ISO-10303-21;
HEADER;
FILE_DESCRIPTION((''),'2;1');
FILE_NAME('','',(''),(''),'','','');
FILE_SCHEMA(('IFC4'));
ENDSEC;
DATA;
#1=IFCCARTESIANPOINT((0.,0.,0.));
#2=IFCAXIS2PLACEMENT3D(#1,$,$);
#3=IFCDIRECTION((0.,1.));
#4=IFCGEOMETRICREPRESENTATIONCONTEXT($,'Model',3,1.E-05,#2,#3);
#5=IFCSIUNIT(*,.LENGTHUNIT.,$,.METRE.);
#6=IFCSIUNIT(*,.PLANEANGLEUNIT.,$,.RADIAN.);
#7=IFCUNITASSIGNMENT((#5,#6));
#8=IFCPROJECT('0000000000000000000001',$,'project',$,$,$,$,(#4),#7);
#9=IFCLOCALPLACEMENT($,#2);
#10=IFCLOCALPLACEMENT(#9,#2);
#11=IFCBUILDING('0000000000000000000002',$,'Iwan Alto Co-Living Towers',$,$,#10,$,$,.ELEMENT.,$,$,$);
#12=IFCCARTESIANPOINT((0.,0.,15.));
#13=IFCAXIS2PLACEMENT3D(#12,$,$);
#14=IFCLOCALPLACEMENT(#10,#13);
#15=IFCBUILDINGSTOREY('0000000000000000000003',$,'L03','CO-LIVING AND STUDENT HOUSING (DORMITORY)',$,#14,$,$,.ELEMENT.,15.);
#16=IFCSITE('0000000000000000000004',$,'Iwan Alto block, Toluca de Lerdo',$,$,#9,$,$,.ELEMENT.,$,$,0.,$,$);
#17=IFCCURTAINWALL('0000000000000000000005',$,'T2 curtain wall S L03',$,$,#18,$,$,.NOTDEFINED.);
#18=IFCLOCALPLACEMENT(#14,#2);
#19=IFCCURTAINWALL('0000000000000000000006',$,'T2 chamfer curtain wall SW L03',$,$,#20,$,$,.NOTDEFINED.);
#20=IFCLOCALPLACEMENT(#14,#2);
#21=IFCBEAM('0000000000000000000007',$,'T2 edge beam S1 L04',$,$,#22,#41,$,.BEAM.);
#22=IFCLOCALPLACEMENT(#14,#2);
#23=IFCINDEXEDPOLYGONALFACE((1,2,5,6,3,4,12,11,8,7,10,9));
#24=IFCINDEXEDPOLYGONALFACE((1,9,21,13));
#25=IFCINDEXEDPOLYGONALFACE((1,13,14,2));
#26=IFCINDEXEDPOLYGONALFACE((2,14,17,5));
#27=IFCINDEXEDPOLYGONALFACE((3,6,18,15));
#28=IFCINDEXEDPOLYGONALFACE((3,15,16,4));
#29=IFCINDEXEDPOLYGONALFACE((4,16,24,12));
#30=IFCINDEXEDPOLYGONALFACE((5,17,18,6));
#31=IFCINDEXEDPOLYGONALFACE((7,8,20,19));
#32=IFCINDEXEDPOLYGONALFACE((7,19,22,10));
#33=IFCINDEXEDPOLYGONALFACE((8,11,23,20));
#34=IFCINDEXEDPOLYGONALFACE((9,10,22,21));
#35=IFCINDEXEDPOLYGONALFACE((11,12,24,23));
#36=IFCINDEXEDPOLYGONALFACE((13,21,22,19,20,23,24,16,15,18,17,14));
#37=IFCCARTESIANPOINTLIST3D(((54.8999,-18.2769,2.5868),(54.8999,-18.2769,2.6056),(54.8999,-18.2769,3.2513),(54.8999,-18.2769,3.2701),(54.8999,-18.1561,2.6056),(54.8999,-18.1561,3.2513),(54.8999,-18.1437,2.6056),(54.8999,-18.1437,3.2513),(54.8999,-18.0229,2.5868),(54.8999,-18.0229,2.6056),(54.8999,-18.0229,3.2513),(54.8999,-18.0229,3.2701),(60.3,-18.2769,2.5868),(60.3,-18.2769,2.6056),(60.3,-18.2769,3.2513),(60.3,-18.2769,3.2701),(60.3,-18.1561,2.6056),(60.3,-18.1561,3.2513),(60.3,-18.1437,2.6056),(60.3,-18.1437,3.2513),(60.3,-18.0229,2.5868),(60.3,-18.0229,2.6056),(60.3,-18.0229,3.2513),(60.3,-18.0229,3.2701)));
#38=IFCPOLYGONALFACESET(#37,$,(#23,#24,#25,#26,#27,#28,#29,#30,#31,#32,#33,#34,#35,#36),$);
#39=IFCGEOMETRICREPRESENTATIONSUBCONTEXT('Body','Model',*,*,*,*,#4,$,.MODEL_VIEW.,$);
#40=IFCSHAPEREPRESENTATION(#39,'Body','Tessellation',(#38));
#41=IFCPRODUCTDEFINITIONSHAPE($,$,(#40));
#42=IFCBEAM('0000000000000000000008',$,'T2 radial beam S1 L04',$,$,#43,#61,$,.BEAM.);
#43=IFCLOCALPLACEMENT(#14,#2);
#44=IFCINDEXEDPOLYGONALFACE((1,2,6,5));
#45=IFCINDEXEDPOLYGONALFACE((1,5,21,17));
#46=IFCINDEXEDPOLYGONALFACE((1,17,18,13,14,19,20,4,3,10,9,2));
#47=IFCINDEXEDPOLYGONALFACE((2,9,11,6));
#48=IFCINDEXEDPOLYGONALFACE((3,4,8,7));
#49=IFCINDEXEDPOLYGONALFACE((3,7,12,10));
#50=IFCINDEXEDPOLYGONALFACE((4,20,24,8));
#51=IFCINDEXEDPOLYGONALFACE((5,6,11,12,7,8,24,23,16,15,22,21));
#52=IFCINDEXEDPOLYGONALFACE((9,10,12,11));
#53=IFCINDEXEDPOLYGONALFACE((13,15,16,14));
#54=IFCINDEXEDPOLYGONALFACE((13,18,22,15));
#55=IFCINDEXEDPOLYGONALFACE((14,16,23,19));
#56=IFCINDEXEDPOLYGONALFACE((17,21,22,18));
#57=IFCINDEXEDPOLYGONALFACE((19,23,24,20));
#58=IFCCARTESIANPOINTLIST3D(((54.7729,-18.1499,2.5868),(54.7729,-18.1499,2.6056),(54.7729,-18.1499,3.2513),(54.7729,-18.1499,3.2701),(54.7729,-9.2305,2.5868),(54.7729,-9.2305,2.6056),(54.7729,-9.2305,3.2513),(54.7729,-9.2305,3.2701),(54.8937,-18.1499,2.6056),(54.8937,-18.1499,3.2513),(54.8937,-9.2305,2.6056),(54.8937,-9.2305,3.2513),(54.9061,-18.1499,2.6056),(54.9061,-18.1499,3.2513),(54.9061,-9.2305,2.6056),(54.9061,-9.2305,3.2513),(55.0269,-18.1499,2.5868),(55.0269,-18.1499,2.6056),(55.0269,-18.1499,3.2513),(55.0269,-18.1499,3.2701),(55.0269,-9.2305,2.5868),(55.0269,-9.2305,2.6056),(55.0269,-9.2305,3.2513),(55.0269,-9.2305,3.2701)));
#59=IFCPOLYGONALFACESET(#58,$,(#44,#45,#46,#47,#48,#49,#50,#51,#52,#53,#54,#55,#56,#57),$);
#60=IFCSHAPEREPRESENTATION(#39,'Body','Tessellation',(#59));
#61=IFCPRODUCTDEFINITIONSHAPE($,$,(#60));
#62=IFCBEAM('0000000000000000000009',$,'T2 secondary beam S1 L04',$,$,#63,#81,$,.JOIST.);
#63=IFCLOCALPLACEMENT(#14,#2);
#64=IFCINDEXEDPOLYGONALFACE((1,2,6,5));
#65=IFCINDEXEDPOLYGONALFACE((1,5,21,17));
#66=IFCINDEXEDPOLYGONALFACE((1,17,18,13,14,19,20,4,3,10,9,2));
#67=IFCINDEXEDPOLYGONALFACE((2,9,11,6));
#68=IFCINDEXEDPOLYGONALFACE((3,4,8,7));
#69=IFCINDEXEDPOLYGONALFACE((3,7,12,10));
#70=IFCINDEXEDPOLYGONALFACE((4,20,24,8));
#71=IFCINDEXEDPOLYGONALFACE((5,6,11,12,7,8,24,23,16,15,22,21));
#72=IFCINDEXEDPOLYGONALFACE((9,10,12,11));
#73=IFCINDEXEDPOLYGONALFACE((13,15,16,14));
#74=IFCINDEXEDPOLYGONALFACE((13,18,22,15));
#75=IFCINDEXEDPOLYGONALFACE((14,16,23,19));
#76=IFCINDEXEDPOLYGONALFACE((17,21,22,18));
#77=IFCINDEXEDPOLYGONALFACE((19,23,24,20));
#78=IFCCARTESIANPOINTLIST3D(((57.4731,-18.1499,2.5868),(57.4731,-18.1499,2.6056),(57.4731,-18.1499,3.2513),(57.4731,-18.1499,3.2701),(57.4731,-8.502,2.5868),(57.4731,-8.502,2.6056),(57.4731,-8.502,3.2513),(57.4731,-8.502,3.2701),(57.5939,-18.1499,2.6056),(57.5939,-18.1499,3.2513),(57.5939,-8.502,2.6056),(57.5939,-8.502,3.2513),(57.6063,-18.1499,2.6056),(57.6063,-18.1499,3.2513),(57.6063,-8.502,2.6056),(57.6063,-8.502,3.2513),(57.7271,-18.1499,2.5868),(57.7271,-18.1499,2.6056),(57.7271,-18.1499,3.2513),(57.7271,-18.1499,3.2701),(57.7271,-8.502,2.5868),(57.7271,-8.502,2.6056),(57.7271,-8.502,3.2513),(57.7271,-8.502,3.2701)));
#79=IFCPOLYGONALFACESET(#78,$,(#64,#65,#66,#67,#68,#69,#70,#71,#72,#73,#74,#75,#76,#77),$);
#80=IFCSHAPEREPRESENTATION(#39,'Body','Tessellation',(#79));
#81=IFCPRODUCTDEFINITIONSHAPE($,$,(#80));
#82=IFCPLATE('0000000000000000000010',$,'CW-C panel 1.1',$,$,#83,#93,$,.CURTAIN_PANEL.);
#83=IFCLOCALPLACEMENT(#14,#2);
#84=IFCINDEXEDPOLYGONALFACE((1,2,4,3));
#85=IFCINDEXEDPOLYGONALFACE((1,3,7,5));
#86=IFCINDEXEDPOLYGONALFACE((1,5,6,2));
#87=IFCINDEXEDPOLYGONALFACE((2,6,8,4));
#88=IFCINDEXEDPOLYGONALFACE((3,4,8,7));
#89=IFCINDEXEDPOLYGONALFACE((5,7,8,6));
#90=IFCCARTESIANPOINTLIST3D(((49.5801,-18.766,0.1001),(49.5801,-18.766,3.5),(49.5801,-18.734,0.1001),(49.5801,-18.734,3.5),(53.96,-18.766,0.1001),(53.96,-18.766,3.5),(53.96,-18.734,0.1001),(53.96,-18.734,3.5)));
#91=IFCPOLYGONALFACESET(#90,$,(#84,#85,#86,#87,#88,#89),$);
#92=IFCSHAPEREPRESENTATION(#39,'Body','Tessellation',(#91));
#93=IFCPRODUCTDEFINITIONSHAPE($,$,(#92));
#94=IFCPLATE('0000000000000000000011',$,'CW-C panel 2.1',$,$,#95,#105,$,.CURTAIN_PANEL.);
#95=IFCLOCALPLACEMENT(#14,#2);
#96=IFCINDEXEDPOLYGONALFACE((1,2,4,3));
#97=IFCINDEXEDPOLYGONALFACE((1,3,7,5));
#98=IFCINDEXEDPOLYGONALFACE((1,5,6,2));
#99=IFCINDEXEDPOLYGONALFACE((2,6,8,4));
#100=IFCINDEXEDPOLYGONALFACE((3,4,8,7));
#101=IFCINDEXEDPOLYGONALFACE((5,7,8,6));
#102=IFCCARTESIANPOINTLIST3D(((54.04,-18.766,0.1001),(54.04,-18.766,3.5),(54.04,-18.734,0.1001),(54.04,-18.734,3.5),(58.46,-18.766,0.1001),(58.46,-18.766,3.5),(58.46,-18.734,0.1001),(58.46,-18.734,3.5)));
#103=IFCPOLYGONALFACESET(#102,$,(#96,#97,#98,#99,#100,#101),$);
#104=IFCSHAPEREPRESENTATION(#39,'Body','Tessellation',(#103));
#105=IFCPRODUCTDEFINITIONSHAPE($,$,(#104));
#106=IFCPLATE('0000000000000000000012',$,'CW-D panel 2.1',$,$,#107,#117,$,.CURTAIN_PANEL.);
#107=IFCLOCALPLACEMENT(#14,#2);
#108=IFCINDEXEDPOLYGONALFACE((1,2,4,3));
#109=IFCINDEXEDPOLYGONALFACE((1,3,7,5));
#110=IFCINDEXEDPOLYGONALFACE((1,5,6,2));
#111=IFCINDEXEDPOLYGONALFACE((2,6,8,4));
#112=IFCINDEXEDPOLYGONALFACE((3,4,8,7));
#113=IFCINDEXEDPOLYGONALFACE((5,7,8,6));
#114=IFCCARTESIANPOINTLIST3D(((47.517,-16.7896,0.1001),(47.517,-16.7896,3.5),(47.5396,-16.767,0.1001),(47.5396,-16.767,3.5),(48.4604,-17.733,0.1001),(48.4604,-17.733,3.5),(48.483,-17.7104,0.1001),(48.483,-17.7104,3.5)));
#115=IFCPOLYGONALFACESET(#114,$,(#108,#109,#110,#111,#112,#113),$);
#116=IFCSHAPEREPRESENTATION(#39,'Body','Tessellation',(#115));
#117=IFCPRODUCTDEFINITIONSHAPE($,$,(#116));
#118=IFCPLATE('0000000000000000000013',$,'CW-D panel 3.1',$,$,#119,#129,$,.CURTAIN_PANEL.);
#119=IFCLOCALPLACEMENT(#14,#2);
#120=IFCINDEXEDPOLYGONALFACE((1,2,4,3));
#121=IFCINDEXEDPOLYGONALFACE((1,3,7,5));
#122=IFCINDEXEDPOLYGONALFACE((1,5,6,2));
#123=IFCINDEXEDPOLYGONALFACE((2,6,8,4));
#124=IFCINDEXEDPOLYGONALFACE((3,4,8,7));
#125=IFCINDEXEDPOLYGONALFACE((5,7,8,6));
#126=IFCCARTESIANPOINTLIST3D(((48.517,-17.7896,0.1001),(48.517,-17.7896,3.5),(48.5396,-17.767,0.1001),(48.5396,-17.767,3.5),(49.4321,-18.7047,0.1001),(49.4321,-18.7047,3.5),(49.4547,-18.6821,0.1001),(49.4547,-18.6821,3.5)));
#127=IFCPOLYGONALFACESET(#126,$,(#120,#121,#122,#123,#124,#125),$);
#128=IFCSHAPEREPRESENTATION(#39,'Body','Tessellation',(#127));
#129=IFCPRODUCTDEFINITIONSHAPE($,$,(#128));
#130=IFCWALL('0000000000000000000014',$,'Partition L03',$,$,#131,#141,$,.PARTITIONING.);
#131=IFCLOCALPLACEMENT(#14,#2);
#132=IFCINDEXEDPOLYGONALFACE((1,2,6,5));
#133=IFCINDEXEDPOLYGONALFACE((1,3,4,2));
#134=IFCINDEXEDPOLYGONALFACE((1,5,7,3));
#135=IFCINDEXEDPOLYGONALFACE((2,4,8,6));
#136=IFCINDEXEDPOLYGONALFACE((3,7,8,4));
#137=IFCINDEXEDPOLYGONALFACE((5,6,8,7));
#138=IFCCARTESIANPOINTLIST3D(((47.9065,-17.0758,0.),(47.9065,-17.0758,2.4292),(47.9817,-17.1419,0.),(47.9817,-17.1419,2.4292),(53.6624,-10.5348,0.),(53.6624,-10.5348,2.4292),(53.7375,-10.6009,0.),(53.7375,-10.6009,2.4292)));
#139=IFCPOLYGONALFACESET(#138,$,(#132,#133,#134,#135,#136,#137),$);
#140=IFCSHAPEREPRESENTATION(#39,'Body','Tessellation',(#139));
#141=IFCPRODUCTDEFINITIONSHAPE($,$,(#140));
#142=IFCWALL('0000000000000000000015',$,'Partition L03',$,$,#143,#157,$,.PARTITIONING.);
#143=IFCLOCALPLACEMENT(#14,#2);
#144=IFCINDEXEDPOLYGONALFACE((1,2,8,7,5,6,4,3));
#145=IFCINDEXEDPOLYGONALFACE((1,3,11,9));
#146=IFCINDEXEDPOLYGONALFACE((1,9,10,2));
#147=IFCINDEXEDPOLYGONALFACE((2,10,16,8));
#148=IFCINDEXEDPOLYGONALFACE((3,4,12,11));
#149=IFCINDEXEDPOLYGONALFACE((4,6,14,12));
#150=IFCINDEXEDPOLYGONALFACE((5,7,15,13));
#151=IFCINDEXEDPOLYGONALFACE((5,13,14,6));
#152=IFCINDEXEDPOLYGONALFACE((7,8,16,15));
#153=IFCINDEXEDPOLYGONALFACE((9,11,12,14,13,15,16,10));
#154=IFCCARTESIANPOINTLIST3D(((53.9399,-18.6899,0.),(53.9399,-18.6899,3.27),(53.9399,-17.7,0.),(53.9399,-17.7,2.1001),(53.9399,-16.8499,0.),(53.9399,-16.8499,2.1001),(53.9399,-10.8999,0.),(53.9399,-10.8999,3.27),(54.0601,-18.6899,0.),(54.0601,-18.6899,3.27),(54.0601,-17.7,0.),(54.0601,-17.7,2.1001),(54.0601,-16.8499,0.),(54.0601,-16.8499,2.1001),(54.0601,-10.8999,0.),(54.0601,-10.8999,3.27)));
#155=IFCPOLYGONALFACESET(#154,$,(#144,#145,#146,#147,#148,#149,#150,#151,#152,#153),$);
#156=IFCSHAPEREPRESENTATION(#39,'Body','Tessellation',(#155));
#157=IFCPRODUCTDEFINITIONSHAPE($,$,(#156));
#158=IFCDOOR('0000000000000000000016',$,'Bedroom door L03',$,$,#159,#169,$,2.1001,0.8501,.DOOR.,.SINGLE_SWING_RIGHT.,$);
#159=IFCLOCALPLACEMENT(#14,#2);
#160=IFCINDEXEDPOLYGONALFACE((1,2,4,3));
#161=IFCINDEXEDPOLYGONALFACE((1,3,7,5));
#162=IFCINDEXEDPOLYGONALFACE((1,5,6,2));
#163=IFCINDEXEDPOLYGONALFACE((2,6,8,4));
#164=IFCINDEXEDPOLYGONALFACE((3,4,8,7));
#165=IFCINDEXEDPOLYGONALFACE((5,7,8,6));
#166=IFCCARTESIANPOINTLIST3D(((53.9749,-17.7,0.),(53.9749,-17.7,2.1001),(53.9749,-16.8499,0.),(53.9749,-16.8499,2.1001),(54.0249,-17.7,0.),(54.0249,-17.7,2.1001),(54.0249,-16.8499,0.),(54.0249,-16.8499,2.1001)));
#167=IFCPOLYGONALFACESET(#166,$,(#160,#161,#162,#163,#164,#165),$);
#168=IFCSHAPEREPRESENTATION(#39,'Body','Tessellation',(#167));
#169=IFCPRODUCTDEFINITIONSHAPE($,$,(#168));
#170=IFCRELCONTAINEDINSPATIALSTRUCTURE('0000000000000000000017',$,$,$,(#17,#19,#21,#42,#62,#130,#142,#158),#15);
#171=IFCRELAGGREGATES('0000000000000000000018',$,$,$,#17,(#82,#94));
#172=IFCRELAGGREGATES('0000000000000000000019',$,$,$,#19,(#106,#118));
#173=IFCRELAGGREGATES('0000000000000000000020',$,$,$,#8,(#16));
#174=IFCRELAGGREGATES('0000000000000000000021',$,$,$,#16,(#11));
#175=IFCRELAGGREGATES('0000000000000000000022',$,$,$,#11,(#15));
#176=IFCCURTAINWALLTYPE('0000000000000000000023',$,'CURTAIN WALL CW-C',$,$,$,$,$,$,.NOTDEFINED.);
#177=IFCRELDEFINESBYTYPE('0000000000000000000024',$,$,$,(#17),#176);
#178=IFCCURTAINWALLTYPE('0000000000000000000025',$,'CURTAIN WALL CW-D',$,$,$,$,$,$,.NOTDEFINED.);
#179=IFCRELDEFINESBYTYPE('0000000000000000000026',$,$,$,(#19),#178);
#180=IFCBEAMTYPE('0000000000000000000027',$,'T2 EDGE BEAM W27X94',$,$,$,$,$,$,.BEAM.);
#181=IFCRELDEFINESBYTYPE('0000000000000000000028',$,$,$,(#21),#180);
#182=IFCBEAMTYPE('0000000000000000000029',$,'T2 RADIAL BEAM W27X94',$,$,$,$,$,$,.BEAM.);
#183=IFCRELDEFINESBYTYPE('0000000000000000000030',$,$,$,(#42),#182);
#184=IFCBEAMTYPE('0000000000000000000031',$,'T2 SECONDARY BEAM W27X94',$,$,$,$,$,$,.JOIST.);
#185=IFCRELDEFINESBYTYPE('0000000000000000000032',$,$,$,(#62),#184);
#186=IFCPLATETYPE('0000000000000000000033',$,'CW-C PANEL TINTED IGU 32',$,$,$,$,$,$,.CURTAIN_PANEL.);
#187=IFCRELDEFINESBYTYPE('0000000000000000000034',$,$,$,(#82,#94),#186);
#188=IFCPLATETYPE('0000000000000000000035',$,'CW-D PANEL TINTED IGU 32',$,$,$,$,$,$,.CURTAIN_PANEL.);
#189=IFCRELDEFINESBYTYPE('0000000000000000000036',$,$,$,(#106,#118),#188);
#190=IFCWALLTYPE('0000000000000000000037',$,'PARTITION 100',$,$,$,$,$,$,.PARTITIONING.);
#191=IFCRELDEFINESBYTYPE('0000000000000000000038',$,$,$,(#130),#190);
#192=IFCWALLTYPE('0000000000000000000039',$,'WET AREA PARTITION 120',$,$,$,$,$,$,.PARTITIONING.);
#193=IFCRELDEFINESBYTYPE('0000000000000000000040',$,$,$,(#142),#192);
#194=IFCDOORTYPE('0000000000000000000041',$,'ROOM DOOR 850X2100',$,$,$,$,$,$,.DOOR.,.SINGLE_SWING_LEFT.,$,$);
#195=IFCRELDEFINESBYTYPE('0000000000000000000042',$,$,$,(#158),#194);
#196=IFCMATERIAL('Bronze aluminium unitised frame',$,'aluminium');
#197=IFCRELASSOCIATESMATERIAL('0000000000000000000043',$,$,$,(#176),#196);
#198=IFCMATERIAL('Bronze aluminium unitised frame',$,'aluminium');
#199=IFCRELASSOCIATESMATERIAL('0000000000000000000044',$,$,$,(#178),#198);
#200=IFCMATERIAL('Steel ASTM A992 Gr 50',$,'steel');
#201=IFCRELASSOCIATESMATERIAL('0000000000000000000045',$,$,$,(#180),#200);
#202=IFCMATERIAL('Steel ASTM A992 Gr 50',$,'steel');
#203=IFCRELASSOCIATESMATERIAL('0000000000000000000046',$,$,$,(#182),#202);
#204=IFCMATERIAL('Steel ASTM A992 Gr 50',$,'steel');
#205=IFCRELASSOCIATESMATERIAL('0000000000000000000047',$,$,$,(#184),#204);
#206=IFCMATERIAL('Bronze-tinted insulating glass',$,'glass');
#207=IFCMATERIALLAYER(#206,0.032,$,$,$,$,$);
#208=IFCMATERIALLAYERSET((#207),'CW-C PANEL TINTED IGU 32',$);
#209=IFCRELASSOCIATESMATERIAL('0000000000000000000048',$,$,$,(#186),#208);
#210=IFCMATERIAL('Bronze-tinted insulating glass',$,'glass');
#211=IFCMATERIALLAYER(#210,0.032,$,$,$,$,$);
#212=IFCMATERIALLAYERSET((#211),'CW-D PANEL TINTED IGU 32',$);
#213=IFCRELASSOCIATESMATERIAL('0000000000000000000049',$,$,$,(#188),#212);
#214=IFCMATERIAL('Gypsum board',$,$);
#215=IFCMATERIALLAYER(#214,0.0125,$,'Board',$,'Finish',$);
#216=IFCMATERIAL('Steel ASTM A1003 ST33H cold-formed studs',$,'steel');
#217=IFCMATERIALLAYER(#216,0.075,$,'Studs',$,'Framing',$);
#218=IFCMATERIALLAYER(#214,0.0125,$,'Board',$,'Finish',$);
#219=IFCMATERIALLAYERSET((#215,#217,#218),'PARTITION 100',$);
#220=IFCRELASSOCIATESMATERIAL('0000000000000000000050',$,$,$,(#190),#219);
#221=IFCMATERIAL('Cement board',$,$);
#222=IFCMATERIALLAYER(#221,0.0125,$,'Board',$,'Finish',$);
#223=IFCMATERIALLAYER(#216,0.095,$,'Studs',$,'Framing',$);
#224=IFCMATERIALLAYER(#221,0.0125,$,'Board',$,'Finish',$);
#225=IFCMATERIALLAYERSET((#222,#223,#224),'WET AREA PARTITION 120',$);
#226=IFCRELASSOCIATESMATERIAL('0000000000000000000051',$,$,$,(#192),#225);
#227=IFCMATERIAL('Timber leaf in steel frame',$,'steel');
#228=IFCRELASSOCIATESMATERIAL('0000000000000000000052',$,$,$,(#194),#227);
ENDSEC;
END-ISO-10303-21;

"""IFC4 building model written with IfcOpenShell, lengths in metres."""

from ifc_helpers import new_model, si_unit, direction, frame, frame_2d, origin, origin_2d, place, context, subcontext, project, spatial, rectangle, i_section, extrude, material, layer, layer_set, material_profile, profile_set, type_object, element, fill, aggregate, save


model = new_model("IFC4")

# Units and contexts
model_context = context("Model", 3, precision=1e-05, world=origin(), true_north=direction((0.0, 1.0)))
body_context = subcontext(model_context, "Body", "Model", "MODEL_VIEW")
ifc_project = project(units=[si_unit("LENGTHUNIT", "METRE"), si_unit("PLANEANGLEUNIT", "RADIAN")], contexts=[model_context])

# Site, building, storey
site_placement = place(None, origin())
site = spatial("IfcSite", under=ifc_project, at=site_placement, Name="Iwan Alto block, Toluca de Lerdo", CompositionType="ELEMENT", RefElevation=0.0)
building_placement = place(site_placement, origin())
building = spatial("IfcBuilding", under=site, at=building_placement, Name="Iwan Alto Co-Living Towers", CompositionType="ELEMENT")
storey_placement = place(building_placement, frame((0.0, 0.0, 15.0)))
storey = spatial("IfcBuildingStorey", under=building, at=storey_placement, Name="L03", Description="CO-LIVING AND STUDENT HOUSING (DORMITORY)", CompositionType="ELEMENT", Elevation=15.0)

# Curtain walls
ifc_material_1 = material(Name="Bronze aluminium unitised frame", Category="aluminium")
curtain_wall_type_1 = type_object("IfcCurtainWallType", Name="CURTAIN WALL CW-C", PredefinedType="NOTDEFINED", material=ifc_material_1)
curtain_wall_1_placement = place(storey_placement, origin())
curtain_wall_1 = element("IfcCurtainWall", 1, at=curtain_wall_1_placement, inside=storey, type_object=curtain_wall_type_1, Name="T2 curtain wall S L03", PredefinedType="NOTDEFINED")
ifc_material_2 = material(Name="Bronze aluminium unitised frame", Category="aluminium")
curtain_wall_type_2 = type_object("IfcCurtainWallType", Name="CURTAIN WALL CW-D", PredefinedType="NOTDEFINED", material=ifc_material_2)
curtain_wall_2_placement = place(storey_placement, origin())
curtain_wall_2 = element("IfcCurtainWall", 2, at=curtain_wall_2_placement, inside=storey, type_object=curtain_wall_type_2, Name="T2 chamfer curtain wall SW L03", PredefinedType="NOTDEFINED")

# Beams
ifc_material_3 = material(Name="Steel ASTM A992 Gr 50", Category="steel")
ifc_material_profile_1 = material_profile(ifc_material_3, i_section(OverallWidth=0.2539, OverallDepth=0.6833, WebThickness=0.0125, FlangeThickness=0.0188, at=origin_2d()), Name="W27X94")
ifc_profile_set_1 = profile_set([ifc_material_profile_1], Name="Steel ASTM A992 Gr 50")
beam_type_1 = type_object("IfcBeamType", Name="T2 EDGE BEAM W27X94", PredefinedType="BEAM", material=ifc_profile_set_1)
beam_1_placement = place(storey_placement, frame((54.8999, -18.1499, 2.9285), z_axis=(1.0, 0.0, 0.0), x_axis=(0.0, 1.0, 0.0)))
element("IfcBeam", 3, at=beam_1_placement, inside=storey, type_object=beam_type_1, Name="T2 edge beam S1 L04", PredefinedType="BEAM", context=body_context, shape_type="SweptSolid", body=[
    extrude(i_section(OverallWidth=0.2539, OverallDepth=0.6833, WebThickness=0.0125, FlangeThickness=0.0188, at=origin_2d()), origin(), (0.0, 0.0, 1.0), 5.4001),
])
ifc_material_4 = material(Name="Steel ASTM A992 Gr 50", Category="steel")
ifc_material_profile_2 = material_profile(ifc_material_4, i_section(OverallWidth=0.2539, OverallDepth=0.6833, WebThickness=0.0125, FlangeThickness=0.0188, at=origin_2d()), Name="W27X94")
ifc_profile_set_2 = profile_set([ifc_material_profile_2], Name="Steel ASTM A992 Gr 50")
beam_type_2 = type_object("IfcBeamType", Name="T2 RADIAL BEAM W27X94", PredefinedType="BEAM", material=ifc_profile_set_2)
beam_2_placement = place(storey_placement, frame((54.8999, -18.1499, 2.9285), z_axis=(0.0, 1.0, 0.0), x_axis=(-1.0, 0.0, 0.0)))
element("IfcBeam", 4, at=beam_2_placement, inside=storey, type_object=beam_type_2, Name="T2 radial beam S1 L04", PredefinedType="BEAM", context=body_context, shape_type="SweptSolid", body=[
    extrude(i_section(OverallWidth=0.2539, OverallDepth=0.6833, WebThickness=0.0125, FlangeThickness=0.0188, at=origin_2d()), origin(), (0.0, 0.0, 1.0), 8.9194),
])
ifc_material_5 = material(Name="Steel ASTM A992 Gr 50", Category="steel")
ifc_material_profile_3 = material_profile(ifc_material_5, i_section(OverallWidth=0.2539, OverallDepth=0.6833, WebThickness=0.0125, FlangeThickness=0.0188, at=origin_2d()), Name="W27X94")
ifc_profile_set_3 = profile_set([ifc_material_profile_3], Name="Steel ASTM A992 Gr 50")
beam_type_3 = type_object("IfcBeamType", Name="T2 SECONDARY BEAM W27X94", PredefinedType="JOIST", material=ifc_profile_set_3)
beam_3_placement = place(storey_placement, frame((57.6001, -18.1499, 2.9285), z_axis=(0.0, 1.0, 0.0), x_axis=(-1.0, 0.0, 0.0)))
element("IfcBeam", 5, at=beam_3_placement, inside=storey, type_object=beam_type_3, Name="T2 secondary beam S1 L04", PredefinedType="JOIST", context=body_context, shape_type="SweptSolid", body=[
    extrude(i_section(OverallWidth=0.2539, OverallDepth=0.6833, WebThickness=0.0125, FlangeThickness=0.0188, at=origin_2d()), origin(), (0.0, 0.0, 1.0), 9.6479),
])

# Plates
ifc_material_6 = material(Name="Bronze-tinted insulating glass", Category="glass")
ifc_layer_1 = layer(ifc_material_6, 0.032)
ifc_layer_set_1 = layer_set([ifc_layer_1], Name="CW-C PANEL TINTED IGU 32")
plate_type_1 = type_object("IfcPlateType", Name="CW-C PANEL TINTED IGU 32", PredefinedType="CURTAIN_PANEL", material=ifc_layer_set_1)
plate_1_placement = place(storey_placement, frame((51.77, -18.75, 0.1001), z_axis=(0.0, 0.0, 1.0), x_axis=(1.0, 0.0, 0.0)))
plate_1 = element("IfcPlate", 6, at=plate_1_placement, type_object=plate_type_1, Name="CW-C panel 1.1", PredefinedType="CURTAIN_PANEL", context=body_context, shape_type="SweptSolid", body=[
    extrude(rectangle(XDim=4.3799, YDim=0.032, at=origin_2d()), origin(), (0.0, 0.0, 1.0), 3.3999),
])
plate_2_placement = place(storey_placement, frame((56.25, -18.75, 0.1001), z_axis=(0.0, 0.0, 1.0), x_axis=(1.0, 0.0, 0.0)))
plate_2 = element("IfcPlate", 7, at=plate_2_placement, type_object=plate_type_1, Name="CW-C panel 2.1", PredefinedType="CURTAIN_PANEL", context=body_context, shape_type="SweptSolid", body=[
    extrude(rectangle(XDim=4.4199, YDim=0.032, at=origin_2d()), origin(), (0.0, 0.0, 1.0), 3.3999),
])
aggregate(curtain_wall_1, [plate_1, plate_2])
ifc_material_7 = material(Name="Bronze-tinted insulating glass", Category="glass")
ifc_layer_2 = layer(ifc_material_7, 0.032)
ifc_layer_set_2 = layer_set([ifc_layer_2], Name="CW-D PANEL TINTED IGU 32")
plate_type_2 = type_object("IfcPlateType", Name="CW-D PANEL TINTED IGU 32", PredefinedType="CURTAIN_PANEL", material=ifc_layer_set_2)
plate_3_placement = place(storey_placement, frame((48.0, -17.25, 0.1001), z_axis=(0.0, 0.0, 1.0), x_axis=(0.707107, -0.707107, 0.0)))
plate_3 = element("IfcPlate", 8, at=plate_3_placement, type_object=plate_type_2, Name="CW-D panel 2.1", PredefinedType="CURTAIN_PANEL", context=body_context, shape_type="SweptSolid", body=[
    extrude(rectangle(XDim=1.3342, YDim=0.032, at=origin_2d()), origin(), (0.0, 0.0, 1.0), 3.3999),
])
plate_4_placement = place(storey_placement, frame((48.9858, -18.2358, 0.1001), z_axis=(0.0, 0.0, 1.0), x_axis=(0.707107, -0.707107, 0.0)))
plate_4 = element("IfcPlate", 9, at=plate_4_placement, type_object=plate_type_2, Name="CW-D panel 3.1", PredefinedType="CURTAIN_PANEL", context=body_context, shape_type="SweptSolid", body=[
    extrude(rectangle(XDim=1.2942, YDim=0.032, at=origin_2d()), origin(), (0.0, 0.0, 1.0), 3.3999),
])
aggregate(curtain_wall_2, [plate_3, plate_4])

# Wall
ifc_material_8 = material(Name="Gypsum board")
ifc_layer_3 = layer(ifc_material_8, 0.0125, Name="Board", Category="Finish")
ifc_material_9 = material(Name="Steel ASTM A1003 ST33H cold-formed studs", Category="steel")
ifc_layer_4 = layer(ifc_material_9, 0.075, Name="Studs", Category="Framing")
ifc_layer_5 = layer(ifc_material_8, 0.0125, Name="Board", Category="Finish")
ifc_layer_set_3 = layer_set([ifc_layer_3, ifc_layer_4, ifc_layer_5], Name="PARTITION 100")
wall_type_1 = type_object("IfcWallType", Name="PARTITION 100", PredefinedType="PARTITIONING", material=ifc_layer_set_3)
wall_1_placement = place(storey_placement, frame((47.9441, -17.1089, 0.0), z_axis=(0.0, 0.0, 1.0), x_axis=(0.660613, 0.750727, 0.0)))
element("IfcWall", 10, at=wall_1_placement, inside=storey, type_object=wall_type_1, Name="Partition L03", PredefinedType="PARTITIONING", context=body_context, shape_type="SweptSolid", body=[
    extrude(rectangle(XDim=8.7129, YDim=0.1001, at=frame_2d((4.3564, 0.0))), origin(), (0.0, 0.0, 1.0), 2.4292),
])

# Wall, opening, door
ifc_material_10 = material(Name="Cement board")
ifc_layer_6 = layer(ifc_material_10, 0.0125, Name="Board", Category="Finish")
ifc_layer_7 = layer(ifc_material_9, 0.095, Name="Studs", Category="Framing")
ifc_layer_8 = layer(ifc_material_10, 0.0125, Name="Board", Category="Finish")
ifc_layer_set_4 = layer_set([ifc_layer_6, ifc_layer_7, ifc_layer_8], Name="WET AREA PARTITION 120")
wall_type_2 = type_object("IfcWallType", Name="WET AREA PARTITION 120", PredefinedType="PARTITIONING", material=ifc_layer_set_4)
wall_2_placement = place(storey_placement, frame((54.0, -18.6899, 0.0), z_axis=(0.0, 0.0, 1.0), x_axis=(0.0, 1.0, 0.0)))
wall_2 = element("IfcWall", 11, at=wall_2_placement, inside=storey, type_object=wall_type_2, Name="Partition L03", PredefinedType="PARTITIONING", context=body_context, shape_type="SweptSolid", body=[
    extrude(rectangle(XDim=7.79, YDim=0.1201, at=frame_2d((3.895, 0.0))), origin(), (0.0, 0.0, 1.0), 3.27),
])
opening_placement = place(wall_2_placement, frame((0.99, 0.0, 0.0)))
opening = element("IfcOpeningElement", 12, at=opening_placement, cuts=wall_2, PredefinedType="OPENING", context=body_context, shape_type="SweptSolid", body=[
    extrude(rectangle(XDim=0.8501, YDim=2.1001, at=frame_2d((0.425, 1.05))), frame((0.0, 0.0701, 0.0), z_axis=(0.0, -1.0, 0.0), x_axis=(1.0, 0.0, 0.0)), (0.0, 0.0, 1.0), 0.1401),
])
ifc_material_11 = material(Name="Timber leaf in steel frame", Category="steel")
door_type = type_object("IfcDoorType", Name="ROOM DOOR 850X2100", OperationType="SINGLE_SWING_LEFT", PredefinedType="DOOR", material=ifc_material_11)
door_placement = place(opening_placement, frame((0.8501, 0.0, 0.0), z_axis=(0.0, 0.0, 1.0), x_axis=(-1.0, 0.0, 0.0)))
door = element("IfcDoor", 13, at=door_placement, inside=storey, type_object=door_type, Name="Bedroom door L03", OperationType="SINGLE_SWING_RIGHT", OverallHeight=2.1001, OverallWidth=0.8501, PredefinedType="DOOR", context=body_context, shape_type="SweptSolid", body=[
    extrude(rectangle(XDim=0.8501, YDim=2.1001, at=frame_2d((0.425, 1.05))), frame((0.0, 0.0249, 0.0), z_axis=(0.0, -1.0, 0.0), x_axis=(1.0, 0.0, 0.0)), (0.0, 0.0, 1.0), 0.05),
])
fill(opening, door)

save(model, "model.ifc")
